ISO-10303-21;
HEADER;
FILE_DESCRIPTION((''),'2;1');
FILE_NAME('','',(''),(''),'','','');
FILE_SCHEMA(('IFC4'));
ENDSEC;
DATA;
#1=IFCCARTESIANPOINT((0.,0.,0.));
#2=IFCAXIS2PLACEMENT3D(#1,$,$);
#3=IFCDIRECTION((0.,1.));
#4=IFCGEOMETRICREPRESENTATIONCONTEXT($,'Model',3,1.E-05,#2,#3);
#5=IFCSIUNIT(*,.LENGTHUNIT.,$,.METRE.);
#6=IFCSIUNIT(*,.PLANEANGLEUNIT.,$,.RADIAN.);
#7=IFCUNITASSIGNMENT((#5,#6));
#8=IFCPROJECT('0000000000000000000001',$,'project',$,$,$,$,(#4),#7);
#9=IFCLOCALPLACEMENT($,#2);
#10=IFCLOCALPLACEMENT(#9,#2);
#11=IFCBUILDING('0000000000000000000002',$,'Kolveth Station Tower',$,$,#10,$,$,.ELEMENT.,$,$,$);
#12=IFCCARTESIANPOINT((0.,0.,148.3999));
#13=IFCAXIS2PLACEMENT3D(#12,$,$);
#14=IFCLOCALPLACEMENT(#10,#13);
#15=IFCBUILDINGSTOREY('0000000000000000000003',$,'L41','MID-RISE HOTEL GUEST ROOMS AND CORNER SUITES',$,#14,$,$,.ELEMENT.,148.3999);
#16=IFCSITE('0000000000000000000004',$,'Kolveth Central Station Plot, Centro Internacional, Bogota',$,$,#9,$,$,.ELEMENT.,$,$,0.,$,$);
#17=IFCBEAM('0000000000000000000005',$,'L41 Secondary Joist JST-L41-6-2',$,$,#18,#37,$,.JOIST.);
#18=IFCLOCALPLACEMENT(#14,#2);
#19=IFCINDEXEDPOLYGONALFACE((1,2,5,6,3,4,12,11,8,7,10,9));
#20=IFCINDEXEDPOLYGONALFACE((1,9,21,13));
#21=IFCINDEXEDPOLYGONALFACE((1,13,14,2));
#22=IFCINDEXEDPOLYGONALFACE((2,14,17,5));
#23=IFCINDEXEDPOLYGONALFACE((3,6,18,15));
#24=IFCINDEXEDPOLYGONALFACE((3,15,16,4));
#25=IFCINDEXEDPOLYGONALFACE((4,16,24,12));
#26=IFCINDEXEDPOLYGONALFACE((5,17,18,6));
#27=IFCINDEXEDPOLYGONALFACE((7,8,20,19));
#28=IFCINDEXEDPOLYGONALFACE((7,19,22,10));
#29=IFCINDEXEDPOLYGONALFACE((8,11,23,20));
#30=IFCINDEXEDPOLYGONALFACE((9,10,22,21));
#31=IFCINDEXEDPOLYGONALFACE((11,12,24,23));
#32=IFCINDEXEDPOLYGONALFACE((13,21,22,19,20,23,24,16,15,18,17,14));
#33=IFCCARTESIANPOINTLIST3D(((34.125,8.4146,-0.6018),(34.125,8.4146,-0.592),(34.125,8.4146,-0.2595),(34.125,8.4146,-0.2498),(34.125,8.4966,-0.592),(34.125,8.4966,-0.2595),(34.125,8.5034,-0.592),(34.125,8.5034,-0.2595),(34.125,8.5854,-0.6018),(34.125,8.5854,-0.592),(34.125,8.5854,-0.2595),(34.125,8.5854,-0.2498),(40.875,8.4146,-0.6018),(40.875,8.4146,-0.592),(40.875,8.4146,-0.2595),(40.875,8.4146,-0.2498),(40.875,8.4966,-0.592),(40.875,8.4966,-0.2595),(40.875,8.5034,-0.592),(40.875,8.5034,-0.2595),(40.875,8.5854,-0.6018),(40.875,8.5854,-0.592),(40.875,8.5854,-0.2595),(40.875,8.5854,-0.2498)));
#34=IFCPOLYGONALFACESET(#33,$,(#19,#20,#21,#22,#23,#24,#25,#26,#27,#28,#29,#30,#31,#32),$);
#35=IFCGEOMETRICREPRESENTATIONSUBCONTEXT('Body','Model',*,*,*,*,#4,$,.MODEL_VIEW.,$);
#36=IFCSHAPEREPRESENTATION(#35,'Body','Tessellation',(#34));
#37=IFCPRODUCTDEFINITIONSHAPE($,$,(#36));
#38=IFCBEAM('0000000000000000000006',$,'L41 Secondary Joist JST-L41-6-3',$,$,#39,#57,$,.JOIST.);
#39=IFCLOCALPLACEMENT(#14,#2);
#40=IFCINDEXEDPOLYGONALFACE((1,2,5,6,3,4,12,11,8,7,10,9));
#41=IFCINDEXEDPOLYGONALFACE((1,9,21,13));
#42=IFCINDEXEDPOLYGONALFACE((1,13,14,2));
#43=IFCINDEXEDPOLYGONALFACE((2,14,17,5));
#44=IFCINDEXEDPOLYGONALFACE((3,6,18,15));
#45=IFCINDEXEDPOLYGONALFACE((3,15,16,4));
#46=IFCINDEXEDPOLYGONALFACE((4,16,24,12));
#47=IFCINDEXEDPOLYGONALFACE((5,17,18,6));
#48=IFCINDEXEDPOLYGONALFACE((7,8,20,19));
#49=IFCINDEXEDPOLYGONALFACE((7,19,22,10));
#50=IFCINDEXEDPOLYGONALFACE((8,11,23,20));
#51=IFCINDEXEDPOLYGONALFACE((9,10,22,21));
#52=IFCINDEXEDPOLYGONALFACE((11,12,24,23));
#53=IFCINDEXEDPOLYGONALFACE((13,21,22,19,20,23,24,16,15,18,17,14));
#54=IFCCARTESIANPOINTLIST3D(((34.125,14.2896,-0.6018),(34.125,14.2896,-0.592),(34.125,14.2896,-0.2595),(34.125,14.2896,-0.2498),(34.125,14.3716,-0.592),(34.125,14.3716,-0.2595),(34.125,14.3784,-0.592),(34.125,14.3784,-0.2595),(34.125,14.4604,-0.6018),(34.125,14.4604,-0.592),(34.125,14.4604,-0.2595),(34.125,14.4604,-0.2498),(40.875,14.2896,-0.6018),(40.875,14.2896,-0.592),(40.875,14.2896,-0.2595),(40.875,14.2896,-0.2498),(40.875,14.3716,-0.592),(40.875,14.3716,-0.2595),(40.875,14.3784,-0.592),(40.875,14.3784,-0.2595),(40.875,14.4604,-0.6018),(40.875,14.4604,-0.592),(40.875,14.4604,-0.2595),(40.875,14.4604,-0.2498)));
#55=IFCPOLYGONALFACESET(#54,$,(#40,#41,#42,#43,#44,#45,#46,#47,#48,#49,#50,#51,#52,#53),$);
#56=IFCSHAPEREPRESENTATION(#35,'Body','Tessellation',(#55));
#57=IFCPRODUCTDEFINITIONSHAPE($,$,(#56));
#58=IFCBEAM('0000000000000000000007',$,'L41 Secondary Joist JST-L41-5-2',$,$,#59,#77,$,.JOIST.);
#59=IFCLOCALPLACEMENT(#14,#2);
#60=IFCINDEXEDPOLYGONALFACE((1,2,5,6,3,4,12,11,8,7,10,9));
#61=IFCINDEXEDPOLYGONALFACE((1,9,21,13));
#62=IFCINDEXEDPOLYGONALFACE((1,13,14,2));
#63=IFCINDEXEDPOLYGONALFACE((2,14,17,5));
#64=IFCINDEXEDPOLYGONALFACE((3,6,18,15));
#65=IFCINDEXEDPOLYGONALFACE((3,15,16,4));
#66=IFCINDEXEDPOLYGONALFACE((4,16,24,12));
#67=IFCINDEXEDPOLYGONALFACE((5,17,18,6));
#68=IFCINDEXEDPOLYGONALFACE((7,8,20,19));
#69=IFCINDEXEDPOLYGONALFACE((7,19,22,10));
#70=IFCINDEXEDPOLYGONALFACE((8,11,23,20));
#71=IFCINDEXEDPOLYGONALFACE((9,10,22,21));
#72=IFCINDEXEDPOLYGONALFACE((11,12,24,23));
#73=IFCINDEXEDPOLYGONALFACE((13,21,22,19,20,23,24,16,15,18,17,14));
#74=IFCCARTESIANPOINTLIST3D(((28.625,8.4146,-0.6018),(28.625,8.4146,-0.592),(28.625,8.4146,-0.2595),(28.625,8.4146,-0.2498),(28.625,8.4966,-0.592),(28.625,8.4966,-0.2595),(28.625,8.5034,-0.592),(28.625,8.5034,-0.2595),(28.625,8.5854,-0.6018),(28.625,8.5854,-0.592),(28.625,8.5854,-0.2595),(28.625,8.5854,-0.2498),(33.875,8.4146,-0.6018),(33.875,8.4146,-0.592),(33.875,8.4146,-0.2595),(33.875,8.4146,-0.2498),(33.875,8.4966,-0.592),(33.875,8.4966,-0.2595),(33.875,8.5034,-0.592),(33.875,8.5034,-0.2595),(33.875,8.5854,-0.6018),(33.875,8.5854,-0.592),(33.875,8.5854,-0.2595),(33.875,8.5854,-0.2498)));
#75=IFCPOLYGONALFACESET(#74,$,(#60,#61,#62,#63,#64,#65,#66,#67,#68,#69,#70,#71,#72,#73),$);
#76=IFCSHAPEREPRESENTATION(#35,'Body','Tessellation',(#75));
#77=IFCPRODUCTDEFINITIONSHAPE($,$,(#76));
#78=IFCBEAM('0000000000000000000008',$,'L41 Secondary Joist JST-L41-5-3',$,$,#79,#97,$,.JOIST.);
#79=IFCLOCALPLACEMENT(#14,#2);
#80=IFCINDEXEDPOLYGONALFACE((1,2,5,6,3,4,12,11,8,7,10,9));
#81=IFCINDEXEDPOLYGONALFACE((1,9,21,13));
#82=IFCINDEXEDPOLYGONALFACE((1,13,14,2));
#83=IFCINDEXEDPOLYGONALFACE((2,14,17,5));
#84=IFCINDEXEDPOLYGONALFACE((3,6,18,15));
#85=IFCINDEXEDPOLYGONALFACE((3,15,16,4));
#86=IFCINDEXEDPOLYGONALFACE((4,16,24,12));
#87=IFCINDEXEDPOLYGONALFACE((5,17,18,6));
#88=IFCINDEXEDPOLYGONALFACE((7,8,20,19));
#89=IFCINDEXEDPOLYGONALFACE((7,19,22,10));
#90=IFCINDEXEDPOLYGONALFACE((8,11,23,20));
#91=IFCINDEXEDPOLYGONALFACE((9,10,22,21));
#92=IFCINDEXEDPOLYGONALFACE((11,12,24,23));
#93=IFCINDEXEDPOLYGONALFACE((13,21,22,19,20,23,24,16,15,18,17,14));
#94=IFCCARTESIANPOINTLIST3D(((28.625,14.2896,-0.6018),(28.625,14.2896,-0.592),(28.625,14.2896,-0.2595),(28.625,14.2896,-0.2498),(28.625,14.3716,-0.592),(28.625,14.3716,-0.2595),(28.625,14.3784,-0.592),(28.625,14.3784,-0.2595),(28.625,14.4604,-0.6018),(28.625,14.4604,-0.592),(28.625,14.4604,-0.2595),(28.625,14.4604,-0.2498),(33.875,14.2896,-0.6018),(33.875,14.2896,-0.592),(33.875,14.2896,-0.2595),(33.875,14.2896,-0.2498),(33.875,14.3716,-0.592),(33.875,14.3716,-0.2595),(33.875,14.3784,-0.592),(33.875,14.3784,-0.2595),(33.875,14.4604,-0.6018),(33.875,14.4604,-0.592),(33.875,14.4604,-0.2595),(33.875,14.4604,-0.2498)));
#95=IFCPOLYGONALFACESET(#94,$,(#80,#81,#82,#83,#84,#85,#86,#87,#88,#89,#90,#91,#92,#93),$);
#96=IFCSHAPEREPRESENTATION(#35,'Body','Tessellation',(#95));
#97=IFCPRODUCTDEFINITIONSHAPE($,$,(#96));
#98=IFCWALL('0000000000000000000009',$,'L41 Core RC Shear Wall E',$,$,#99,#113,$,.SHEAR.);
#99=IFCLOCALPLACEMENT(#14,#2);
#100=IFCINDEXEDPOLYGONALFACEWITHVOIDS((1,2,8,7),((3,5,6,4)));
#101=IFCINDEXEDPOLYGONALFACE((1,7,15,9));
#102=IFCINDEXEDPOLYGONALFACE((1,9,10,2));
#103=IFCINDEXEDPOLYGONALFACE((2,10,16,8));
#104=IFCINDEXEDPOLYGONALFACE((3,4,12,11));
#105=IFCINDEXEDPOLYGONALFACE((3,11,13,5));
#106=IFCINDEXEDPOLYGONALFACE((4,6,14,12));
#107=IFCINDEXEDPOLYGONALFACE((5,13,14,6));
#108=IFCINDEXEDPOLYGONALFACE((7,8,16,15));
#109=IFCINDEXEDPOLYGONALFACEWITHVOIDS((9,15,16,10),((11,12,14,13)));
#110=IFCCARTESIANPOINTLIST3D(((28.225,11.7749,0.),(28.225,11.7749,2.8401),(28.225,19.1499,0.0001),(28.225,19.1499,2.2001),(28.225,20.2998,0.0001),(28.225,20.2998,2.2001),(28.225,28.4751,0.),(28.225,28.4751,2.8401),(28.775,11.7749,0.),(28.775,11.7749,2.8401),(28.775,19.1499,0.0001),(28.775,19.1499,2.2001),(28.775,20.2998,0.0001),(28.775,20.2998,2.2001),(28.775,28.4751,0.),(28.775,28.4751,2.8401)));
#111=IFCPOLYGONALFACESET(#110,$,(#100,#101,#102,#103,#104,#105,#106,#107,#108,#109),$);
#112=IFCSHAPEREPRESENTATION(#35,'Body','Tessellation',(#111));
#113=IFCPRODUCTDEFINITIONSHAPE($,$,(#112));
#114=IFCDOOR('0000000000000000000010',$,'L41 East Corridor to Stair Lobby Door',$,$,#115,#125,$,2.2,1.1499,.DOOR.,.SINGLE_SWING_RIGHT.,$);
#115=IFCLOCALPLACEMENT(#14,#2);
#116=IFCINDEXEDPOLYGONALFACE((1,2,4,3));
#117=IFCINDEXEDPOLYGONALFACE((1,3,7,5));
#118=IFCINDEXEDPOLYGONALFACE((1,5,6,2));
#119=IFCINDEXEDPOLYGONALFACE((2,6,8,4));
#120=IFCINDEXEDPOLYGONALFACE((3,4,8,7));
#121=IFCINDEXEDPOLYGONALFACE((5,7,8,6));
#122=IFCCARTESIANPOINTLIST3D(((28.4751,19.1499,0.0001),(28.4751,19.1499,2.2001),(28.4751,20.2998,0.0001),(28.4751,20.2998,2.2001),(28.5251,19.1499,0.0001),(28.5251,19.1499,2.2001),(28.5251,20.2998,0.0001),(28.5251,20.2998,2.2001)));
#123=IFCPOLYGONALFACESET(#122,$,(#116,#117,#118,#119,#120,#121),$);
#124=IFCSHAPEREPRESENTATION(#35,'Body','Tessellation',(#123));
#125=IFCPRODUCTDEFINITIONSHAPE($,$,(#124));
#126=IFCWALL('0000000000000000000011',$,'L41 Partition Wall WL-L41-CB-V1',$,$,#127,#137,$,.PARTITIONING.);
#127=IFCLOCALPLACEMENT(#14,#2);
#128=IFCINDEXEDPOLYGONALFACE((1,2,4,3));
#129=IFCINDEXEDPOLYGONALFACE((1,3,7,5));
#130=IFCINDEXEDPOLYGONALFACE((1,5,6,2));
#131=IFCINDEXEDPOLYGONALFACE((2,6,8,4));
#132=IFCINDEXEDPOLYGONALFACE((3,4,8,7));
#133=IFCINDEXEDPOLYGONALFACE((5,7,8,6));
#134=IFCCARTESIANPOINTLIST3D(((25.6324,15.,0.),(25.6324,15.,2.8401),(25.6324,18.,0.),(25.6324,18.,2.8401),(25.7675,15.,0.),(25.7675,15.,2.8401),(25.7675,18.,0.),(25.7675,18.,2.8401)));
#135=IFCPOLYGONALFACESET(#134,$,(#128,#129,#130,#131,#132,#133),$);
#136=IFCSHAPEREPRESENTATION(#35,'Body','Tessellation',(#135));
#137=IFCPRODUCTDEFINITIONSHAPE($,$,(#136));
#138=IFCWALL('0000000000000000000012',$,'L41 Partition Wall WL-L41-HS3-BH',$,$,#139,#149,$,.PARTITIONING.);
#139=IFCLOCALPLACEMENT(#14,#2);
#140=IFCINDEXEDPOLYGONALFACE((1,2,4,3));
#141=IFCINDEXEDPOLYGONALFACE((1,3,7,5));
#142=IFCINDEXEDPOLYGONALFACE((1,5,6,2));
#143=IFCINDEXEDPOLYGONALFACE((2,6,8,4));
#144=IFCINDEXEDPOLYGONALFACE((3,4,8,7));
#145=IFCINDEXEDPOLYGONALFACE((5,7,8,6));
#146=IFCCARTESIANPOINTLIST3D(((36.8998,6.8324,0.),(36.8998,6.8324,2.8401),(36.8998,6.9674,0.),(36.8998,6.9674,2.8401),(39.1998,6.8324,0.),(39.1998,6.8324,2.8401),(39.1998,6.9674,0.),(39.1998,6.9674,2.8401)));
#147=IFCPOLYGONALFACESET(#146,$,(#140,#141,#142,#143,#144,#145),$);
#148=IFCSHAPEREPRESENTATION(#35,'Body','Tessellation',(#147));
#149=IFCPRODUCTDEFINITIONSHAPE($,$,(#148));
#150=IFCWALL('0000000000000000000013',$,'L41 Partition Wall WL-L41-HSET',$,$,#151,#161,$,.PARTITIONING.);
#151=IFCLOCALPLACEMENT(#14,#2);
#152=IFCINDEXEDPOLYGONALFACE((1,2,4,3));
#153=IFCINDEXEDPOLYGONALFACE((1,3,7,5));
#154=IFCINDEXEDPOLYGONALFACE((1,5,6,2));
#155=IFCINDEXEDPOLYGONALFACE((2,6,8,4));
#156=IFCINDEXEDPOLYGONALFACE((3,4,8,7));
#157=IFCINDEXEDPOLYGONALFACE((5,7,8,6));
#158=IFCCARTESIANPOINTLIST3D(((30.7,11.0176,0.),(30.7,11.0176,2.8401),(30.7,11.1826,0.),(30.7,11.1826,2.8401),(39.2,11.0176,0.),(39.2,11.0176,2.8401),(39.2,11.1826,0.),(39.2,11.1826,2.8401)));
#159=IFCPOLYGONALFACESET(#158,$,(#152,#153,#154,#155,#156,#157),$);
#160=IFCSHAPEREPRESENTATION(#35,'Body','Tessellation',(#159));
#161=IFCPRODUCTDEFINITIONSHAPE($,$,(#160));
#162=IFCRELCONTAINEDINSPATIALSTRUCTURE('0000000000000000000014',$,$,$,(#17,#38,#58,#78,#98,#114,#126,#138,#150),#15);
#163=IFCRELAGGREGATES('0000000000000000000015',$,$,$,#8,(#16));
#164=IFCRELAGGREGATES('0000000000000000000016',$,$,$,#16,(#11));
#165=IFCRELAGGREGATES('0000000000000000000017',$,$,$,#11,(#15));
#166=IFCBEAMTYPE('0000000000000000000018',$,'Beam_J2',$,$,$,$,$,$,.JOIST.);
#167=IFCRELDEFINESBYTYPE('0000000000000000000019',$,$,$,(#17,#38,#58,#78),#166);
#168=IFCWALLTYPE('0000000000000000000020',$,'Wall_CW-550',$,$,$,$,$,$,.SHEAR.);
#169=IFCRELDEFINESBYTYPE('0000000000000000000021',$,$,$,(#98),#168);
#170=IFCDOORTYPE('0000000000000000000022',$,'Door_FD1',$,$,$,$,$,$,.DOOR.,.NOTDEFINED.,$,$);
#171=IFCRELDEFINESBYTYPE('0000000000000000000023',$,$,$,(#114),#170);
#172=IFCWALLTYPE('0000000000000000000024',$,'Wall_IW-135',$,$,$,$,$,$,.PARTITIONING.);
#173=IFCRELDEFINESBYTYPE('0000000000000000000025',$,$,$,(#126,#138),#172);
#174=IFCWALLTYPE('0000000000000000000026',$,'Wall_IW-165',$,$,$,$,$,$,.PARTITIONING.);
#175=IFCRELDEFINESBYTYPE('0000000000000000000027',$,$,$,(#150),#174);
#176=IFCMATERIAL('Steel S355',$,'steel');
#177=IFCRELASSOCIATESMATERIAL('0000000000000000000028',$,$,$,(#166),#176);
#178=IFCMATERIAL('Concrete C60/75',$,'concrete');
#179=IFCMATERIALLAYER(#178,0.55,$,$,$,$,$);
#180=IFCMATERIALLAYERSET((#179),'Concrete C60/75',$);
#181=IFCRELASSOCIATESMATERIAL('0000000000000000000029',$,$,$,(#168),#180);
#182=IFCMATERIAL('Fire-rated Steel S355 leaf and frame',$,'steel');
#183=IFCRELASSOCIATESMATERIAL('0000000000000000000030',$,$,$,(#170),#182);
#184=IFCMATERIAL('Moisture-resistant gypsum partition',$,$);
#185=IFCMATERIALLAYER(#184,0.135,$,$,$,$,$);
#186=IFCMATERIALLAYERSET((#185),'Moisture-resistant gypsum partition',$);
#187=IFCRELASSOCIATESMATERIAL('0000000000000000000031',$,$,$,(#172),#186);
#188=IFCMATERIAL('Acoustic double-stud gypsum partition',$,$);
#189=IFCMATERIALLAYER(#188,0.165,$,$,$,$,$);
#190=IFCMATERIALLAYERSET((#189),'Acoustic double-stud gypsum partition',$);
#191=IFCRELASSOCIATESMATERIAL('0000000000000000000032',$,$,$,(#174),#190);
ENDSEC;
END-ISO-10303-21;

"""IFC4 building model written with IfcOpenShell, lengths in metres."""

from ifc_helpers import new_model, si_unit, direction, frame, frame_2d, origin, origin_2d, place, context, subcontext, project, spatial, rectangle, i_section, extrude, source, transform, mapped, material, layer, layer_set, material_profile, profile_set, type_object, element, fill, save


model = new_model("IFC4")

# Units and contexts
model_context = context("Model", 3, precision=1e-05, world=origin(), true_north=direction((0.0, 1.0)))
body_context = subcontext(model_context, "Body", "Model", "MODEL_VIEW")
ifc_project = project(units=[si_unit("LENGTHUNIT", "METRE"), si_unit("PLANEANGLEUNIT", "RADIAN")], contexts=[model_context])

# Site, building, storey
site_placement = place(None, origin())
site = spatial("IfcSite", under=ifc_project, at=site_placement, Name="Kolveth Central Station Plot, Centro Internacional, Bogota", CompositionType="ELEMENT", RefElevation=0.0)
building_placement = place(site_placement, origin())
building = spatial("IfcBuilding", under=site, at=building_placement, Name="Kolveth Station Tower", CompositionType="ELEMENT")
storey_placement = place(building_placement, frame((0.0, 0.0, 148.3999)))
storey = spatial("IfcBuildingStorey", under=building, at=storey_placement, Name="L41", Description="MID-RISE HOTEL GUEST ROOMS AND CORNER SUITES", CompositionType="ELEMENT", Elevation=148.3999)

# Shared definitions
ifc_material_1 = material(Name="Steel S355", Category="steel")

# Beams
ifc_material_profile_1 = material_profile(ifc_material_1, i_section(OverallWidth=0.1709, OverallDepth=0.3521, WebThickness=0.0068, FlangeThickness=0.0098, at=origin_2d()), Name="W360x44")
ifc_profile_set_1 = profile_set([ifc_material_profile_1], Name="Steel S355")
beam_type_1 = type_object("IfcBeamType", Name="Beam_J2", PredefinedType="JOIST", material=ifc_profile_set_1)
shared_shape_1 = source(origin(), body_context, "Body", "SweptSolid", [
    extrude(i_section(OverallWidth=0.1709, OverallDepth=0.3521, WebThickness=0.0068, FlangeThickness=0.0098, at=origin_2d()), origin(), (0.0, 0.0, 1.0), 6.75),
])
for number, where, z_axis, x_axis, name in (
    (1, (34.125, 8.5, -0.4258), (1.0, 0.0, 0.0), (0.0, 1.0, 0.0), "L41 Secondary Joist JST-L41-6-2"),
    (2, (34.125, 14.375, -0.4258), (1.0, 0.0, 0.0), (0.0, 1.0, 0.0), "L41 Secondary Joist JST-L41-6-3"),
):
    element("IfcBeam", number, at=place(storey_placement, frame(where, z_axis=z_axis, x_axis=x_axis)), inside=storey, type_object=beam_type_1, Name=name, PredefinedType="JOIST", context=body_context, shape_type="MappedRepresentation", body=[
        mapped(shared_shape_1, transform((0.0, 0.0, 0.0), x_axis=(1.0, 0.0, 0.0), y_axis=(0.0, 1.0, 0.0), z_axis=(0.0, 0.0, 1.0), scale=1.0)),
    ])
shared_shape_2 = source(origin(), body_context, "Body", "SweptSolid", [
    extrude(i_section(OverallWidth=0.1709, OverallDepth=0.3521, WebThickness=0.0068, FlangeThickness=0.0098, at=origin_2d()), origin(), (0.0, 0.0, 1.0), 5.25),
])
for number, where, z_axis, x_axis, name in (
    (3, (28.625, 8.5, -0.4258), (1.0, 0.0, 0.0), (0.0, 1.0, 0.0), "L41 Secondary Joist JST-L41-5-2"),
    (4, (28.625, 14.375, -0.4258), (1.0, 0.0, 0.0), (0.0, 1.0, 0.0), "L41 Secondary Joist JST-L41-5-3"),
):
    element("IfcBeam", number, at=place(storey_placement, frame(where, z_axis=z_axis, x_axis=x_axis)), inside=storey, type_object=beam_type_1, Name=name, PredefinedType="JOIST", context=body_context, shape_type="MappedRepresentation", body=[
        mapped(shared_shape_2, transform((0.0, 0.0, 0.0), x_axis=(1.0, 0.0, 0.0), y_axis=(0.0, 1.0, 0.0), z_axis=(0.0, 0.0, 1.0), scale=1.0)),
    ])

# Wall, opening, door
ifc_material_2 = material(Name="Concrete C60/75", Category="concrete")
ifc_layer_1 = layer(ifc_material_2, 0.55)
ifc_layer_set_1 = layer_set([ifc_layer_1], Name="Concrete C60/75")
wall_type_1 = type_object("IfcWallType", Name="Wall_CW-550", PredefinedType="SHEAR", material=ifc_layer_set_1)
wall_1_placement = place(storey_placement, frame((28.5, 11.7749, 0.0), z_axis=(0.0, 0.0, 1.0), x_axis=(0.0, 1.0, 0.0)))
wall_1 = element("IfcWall", 5, at=wall_1_placement, inside=storey, type_object=wall_type_1, Name="L41 Core RC Shear Wall E", PredefinedType="SHEAR", context=body_context, shape_type="SweptSolid", body=[
    extrude(rectangle(XDim=16.7002, YDim=0.55, at=frame_2d((8.3501, 0.0))), origin(), (0.0, 0.0, 1.0), 2.8401),
])
opening_1_placement = place(wall_1_placement, frame((7.375, 0.0, 0.0)))
opening_1 = element("IfcOpeningElement", 6, at=opening_1_placement, cuts=wall_1, PredefinedType="OPENING", context=body_context, shape_type="SweptSolid", body=[
    extrude(rectangle(XDim=1.1499, YDim=2.2, at=frame_2d((0.575, 1.1001))), frame((0.0, 0.2849, 0.0), z_axis=(0.0, -1.0, 0.0), x_axis=(1.0, 0.0, 0.0)), (0.0, 0.0, 1.0), 0.5701),
])
ifc_material_3 = material(Name="Fire-rated Steel S355 leaf and frame", Category="steel")
door_type_1 = type_object("IfcDoorType", Name="Door_FD1", OperationType="NOTDEFINED", PredefinedType="DOOR", material=ifc_material_3)
door_1_placement = place(opening_1_placement, origin())
door_1 = element("IfcDoor", 7, at=door_1_placement, inside=storey, type_object=door_type_1, Name="L41 East Corridor to Stair Lobby Door", OperationType="SINGLE_SWING_RIGHT", OverallHeight=2.2, OverallWidth=1.1499, PredefinedType="DOOR", context=body_context, shape_type="SweptSolid", body=[
    extrude(rectangle(XDim=1.1499, YDim=2.2, at=frame_2d((0.575, 1.1001))), frame((0.0, 0.0249, 0.0), z_axis=(0.0, -1.0, 0.0), x_axis=(1.0, 0.0, 0.0)), (0.0, 0.0, 1.0), 0.05),
])
fill(opening_1, door_1)

# Walls
ifc_material_4 = material(Name="Moisture-resistant gypsum partition")
ifc_layer_2 = layer(ifc_material_4, 0.135)
ifc_layer_set_2 = layer_set([ifc_layer_2], Name="Moisture-resistant gypsum partition")
wall_type_2 = type_object("IfcWallType", Name="Wall_IW-135", PredefinedType="PARTITIONING", material=ifc_layer_set_2)
wall_2_placement = place(storey_placement, frame((25.7, 15.0, 0.0), z_axis=(0.0, 0.0, 1.0), x_axis=(0.0, 1.0, 0.0)))
element("IfcWall", 8, at=wall_2_placement, inside=storey, type_object=wall_type_2, Name="L41 Partition Wall WL-L41-CB-V1", PredefinedType="PARTITIONING", context=body_context, shape_type="SweptSolid", body=[
    extrude(rectangle(XDim=3.0, YDim=0.135, at=frame_2d((1.5, 0.0))), origin(), (0.0, 0.0, 1.0), 2.8401),
])
wall_3_placement = place(storey_placement, frame((36.8999, 6.8999, 0.0), z_axis=(0.0, 0.0, 1.0), x_axis=(1.0, 0.0, 0.0)))
element("IfcWall", 9, at=wall_3_placement, inside=storey, type_object=wall_type_2, Name="L41 Partition Wall WL-L41-HS3-BH", PredefinedType="PARTITIONING", context=body_context, shape_type="SweptSolid", body=[
    extrude(rectangle(XDim=2.3, YDim=0.135, at=frame_2d((1.1499, 0.0))), origin(), (0.0, 0.0, 1.0), 2.8401),
])
ifc_material_5 = material(Name="Acoustic double-stud gypsum partition")
ifc_layer_3 = layer(ifc_material_5, 0.165)
ifc_layer_set_3 = layer_set([ifc_layer_3], Name="Acoustic double-stud gypsum partition")
wall_type_3 = type_object("IfcWallType", Name="Wall_IW-165", PredefinedType="PARTITIONING", material=ifc_layer_set_3)
wall_4_placement = place(storey_placement, frame((30.7, 11.1001, 0.0), z_axis=(0.0, 0.0, 1.0), x_axis=(1.0, 0.0, 0.0)))
element("IfcWall", 10, at=wall_4_placement, inside=storey, type_object=wall_type_3, Name="L41 Partition Wall WL-L41-HSET", PredefinedType="PARTITIONING", context=body_context, shape_type="SweptSolid", body=[
    extrude(rectangle(XDim=8.5, YDim=0.165, at=frame_2d((4.25, 0.0))), origin(), (0.0, 0.0, 1.0), 2.8401),
])

save(model, "model.ifc")
